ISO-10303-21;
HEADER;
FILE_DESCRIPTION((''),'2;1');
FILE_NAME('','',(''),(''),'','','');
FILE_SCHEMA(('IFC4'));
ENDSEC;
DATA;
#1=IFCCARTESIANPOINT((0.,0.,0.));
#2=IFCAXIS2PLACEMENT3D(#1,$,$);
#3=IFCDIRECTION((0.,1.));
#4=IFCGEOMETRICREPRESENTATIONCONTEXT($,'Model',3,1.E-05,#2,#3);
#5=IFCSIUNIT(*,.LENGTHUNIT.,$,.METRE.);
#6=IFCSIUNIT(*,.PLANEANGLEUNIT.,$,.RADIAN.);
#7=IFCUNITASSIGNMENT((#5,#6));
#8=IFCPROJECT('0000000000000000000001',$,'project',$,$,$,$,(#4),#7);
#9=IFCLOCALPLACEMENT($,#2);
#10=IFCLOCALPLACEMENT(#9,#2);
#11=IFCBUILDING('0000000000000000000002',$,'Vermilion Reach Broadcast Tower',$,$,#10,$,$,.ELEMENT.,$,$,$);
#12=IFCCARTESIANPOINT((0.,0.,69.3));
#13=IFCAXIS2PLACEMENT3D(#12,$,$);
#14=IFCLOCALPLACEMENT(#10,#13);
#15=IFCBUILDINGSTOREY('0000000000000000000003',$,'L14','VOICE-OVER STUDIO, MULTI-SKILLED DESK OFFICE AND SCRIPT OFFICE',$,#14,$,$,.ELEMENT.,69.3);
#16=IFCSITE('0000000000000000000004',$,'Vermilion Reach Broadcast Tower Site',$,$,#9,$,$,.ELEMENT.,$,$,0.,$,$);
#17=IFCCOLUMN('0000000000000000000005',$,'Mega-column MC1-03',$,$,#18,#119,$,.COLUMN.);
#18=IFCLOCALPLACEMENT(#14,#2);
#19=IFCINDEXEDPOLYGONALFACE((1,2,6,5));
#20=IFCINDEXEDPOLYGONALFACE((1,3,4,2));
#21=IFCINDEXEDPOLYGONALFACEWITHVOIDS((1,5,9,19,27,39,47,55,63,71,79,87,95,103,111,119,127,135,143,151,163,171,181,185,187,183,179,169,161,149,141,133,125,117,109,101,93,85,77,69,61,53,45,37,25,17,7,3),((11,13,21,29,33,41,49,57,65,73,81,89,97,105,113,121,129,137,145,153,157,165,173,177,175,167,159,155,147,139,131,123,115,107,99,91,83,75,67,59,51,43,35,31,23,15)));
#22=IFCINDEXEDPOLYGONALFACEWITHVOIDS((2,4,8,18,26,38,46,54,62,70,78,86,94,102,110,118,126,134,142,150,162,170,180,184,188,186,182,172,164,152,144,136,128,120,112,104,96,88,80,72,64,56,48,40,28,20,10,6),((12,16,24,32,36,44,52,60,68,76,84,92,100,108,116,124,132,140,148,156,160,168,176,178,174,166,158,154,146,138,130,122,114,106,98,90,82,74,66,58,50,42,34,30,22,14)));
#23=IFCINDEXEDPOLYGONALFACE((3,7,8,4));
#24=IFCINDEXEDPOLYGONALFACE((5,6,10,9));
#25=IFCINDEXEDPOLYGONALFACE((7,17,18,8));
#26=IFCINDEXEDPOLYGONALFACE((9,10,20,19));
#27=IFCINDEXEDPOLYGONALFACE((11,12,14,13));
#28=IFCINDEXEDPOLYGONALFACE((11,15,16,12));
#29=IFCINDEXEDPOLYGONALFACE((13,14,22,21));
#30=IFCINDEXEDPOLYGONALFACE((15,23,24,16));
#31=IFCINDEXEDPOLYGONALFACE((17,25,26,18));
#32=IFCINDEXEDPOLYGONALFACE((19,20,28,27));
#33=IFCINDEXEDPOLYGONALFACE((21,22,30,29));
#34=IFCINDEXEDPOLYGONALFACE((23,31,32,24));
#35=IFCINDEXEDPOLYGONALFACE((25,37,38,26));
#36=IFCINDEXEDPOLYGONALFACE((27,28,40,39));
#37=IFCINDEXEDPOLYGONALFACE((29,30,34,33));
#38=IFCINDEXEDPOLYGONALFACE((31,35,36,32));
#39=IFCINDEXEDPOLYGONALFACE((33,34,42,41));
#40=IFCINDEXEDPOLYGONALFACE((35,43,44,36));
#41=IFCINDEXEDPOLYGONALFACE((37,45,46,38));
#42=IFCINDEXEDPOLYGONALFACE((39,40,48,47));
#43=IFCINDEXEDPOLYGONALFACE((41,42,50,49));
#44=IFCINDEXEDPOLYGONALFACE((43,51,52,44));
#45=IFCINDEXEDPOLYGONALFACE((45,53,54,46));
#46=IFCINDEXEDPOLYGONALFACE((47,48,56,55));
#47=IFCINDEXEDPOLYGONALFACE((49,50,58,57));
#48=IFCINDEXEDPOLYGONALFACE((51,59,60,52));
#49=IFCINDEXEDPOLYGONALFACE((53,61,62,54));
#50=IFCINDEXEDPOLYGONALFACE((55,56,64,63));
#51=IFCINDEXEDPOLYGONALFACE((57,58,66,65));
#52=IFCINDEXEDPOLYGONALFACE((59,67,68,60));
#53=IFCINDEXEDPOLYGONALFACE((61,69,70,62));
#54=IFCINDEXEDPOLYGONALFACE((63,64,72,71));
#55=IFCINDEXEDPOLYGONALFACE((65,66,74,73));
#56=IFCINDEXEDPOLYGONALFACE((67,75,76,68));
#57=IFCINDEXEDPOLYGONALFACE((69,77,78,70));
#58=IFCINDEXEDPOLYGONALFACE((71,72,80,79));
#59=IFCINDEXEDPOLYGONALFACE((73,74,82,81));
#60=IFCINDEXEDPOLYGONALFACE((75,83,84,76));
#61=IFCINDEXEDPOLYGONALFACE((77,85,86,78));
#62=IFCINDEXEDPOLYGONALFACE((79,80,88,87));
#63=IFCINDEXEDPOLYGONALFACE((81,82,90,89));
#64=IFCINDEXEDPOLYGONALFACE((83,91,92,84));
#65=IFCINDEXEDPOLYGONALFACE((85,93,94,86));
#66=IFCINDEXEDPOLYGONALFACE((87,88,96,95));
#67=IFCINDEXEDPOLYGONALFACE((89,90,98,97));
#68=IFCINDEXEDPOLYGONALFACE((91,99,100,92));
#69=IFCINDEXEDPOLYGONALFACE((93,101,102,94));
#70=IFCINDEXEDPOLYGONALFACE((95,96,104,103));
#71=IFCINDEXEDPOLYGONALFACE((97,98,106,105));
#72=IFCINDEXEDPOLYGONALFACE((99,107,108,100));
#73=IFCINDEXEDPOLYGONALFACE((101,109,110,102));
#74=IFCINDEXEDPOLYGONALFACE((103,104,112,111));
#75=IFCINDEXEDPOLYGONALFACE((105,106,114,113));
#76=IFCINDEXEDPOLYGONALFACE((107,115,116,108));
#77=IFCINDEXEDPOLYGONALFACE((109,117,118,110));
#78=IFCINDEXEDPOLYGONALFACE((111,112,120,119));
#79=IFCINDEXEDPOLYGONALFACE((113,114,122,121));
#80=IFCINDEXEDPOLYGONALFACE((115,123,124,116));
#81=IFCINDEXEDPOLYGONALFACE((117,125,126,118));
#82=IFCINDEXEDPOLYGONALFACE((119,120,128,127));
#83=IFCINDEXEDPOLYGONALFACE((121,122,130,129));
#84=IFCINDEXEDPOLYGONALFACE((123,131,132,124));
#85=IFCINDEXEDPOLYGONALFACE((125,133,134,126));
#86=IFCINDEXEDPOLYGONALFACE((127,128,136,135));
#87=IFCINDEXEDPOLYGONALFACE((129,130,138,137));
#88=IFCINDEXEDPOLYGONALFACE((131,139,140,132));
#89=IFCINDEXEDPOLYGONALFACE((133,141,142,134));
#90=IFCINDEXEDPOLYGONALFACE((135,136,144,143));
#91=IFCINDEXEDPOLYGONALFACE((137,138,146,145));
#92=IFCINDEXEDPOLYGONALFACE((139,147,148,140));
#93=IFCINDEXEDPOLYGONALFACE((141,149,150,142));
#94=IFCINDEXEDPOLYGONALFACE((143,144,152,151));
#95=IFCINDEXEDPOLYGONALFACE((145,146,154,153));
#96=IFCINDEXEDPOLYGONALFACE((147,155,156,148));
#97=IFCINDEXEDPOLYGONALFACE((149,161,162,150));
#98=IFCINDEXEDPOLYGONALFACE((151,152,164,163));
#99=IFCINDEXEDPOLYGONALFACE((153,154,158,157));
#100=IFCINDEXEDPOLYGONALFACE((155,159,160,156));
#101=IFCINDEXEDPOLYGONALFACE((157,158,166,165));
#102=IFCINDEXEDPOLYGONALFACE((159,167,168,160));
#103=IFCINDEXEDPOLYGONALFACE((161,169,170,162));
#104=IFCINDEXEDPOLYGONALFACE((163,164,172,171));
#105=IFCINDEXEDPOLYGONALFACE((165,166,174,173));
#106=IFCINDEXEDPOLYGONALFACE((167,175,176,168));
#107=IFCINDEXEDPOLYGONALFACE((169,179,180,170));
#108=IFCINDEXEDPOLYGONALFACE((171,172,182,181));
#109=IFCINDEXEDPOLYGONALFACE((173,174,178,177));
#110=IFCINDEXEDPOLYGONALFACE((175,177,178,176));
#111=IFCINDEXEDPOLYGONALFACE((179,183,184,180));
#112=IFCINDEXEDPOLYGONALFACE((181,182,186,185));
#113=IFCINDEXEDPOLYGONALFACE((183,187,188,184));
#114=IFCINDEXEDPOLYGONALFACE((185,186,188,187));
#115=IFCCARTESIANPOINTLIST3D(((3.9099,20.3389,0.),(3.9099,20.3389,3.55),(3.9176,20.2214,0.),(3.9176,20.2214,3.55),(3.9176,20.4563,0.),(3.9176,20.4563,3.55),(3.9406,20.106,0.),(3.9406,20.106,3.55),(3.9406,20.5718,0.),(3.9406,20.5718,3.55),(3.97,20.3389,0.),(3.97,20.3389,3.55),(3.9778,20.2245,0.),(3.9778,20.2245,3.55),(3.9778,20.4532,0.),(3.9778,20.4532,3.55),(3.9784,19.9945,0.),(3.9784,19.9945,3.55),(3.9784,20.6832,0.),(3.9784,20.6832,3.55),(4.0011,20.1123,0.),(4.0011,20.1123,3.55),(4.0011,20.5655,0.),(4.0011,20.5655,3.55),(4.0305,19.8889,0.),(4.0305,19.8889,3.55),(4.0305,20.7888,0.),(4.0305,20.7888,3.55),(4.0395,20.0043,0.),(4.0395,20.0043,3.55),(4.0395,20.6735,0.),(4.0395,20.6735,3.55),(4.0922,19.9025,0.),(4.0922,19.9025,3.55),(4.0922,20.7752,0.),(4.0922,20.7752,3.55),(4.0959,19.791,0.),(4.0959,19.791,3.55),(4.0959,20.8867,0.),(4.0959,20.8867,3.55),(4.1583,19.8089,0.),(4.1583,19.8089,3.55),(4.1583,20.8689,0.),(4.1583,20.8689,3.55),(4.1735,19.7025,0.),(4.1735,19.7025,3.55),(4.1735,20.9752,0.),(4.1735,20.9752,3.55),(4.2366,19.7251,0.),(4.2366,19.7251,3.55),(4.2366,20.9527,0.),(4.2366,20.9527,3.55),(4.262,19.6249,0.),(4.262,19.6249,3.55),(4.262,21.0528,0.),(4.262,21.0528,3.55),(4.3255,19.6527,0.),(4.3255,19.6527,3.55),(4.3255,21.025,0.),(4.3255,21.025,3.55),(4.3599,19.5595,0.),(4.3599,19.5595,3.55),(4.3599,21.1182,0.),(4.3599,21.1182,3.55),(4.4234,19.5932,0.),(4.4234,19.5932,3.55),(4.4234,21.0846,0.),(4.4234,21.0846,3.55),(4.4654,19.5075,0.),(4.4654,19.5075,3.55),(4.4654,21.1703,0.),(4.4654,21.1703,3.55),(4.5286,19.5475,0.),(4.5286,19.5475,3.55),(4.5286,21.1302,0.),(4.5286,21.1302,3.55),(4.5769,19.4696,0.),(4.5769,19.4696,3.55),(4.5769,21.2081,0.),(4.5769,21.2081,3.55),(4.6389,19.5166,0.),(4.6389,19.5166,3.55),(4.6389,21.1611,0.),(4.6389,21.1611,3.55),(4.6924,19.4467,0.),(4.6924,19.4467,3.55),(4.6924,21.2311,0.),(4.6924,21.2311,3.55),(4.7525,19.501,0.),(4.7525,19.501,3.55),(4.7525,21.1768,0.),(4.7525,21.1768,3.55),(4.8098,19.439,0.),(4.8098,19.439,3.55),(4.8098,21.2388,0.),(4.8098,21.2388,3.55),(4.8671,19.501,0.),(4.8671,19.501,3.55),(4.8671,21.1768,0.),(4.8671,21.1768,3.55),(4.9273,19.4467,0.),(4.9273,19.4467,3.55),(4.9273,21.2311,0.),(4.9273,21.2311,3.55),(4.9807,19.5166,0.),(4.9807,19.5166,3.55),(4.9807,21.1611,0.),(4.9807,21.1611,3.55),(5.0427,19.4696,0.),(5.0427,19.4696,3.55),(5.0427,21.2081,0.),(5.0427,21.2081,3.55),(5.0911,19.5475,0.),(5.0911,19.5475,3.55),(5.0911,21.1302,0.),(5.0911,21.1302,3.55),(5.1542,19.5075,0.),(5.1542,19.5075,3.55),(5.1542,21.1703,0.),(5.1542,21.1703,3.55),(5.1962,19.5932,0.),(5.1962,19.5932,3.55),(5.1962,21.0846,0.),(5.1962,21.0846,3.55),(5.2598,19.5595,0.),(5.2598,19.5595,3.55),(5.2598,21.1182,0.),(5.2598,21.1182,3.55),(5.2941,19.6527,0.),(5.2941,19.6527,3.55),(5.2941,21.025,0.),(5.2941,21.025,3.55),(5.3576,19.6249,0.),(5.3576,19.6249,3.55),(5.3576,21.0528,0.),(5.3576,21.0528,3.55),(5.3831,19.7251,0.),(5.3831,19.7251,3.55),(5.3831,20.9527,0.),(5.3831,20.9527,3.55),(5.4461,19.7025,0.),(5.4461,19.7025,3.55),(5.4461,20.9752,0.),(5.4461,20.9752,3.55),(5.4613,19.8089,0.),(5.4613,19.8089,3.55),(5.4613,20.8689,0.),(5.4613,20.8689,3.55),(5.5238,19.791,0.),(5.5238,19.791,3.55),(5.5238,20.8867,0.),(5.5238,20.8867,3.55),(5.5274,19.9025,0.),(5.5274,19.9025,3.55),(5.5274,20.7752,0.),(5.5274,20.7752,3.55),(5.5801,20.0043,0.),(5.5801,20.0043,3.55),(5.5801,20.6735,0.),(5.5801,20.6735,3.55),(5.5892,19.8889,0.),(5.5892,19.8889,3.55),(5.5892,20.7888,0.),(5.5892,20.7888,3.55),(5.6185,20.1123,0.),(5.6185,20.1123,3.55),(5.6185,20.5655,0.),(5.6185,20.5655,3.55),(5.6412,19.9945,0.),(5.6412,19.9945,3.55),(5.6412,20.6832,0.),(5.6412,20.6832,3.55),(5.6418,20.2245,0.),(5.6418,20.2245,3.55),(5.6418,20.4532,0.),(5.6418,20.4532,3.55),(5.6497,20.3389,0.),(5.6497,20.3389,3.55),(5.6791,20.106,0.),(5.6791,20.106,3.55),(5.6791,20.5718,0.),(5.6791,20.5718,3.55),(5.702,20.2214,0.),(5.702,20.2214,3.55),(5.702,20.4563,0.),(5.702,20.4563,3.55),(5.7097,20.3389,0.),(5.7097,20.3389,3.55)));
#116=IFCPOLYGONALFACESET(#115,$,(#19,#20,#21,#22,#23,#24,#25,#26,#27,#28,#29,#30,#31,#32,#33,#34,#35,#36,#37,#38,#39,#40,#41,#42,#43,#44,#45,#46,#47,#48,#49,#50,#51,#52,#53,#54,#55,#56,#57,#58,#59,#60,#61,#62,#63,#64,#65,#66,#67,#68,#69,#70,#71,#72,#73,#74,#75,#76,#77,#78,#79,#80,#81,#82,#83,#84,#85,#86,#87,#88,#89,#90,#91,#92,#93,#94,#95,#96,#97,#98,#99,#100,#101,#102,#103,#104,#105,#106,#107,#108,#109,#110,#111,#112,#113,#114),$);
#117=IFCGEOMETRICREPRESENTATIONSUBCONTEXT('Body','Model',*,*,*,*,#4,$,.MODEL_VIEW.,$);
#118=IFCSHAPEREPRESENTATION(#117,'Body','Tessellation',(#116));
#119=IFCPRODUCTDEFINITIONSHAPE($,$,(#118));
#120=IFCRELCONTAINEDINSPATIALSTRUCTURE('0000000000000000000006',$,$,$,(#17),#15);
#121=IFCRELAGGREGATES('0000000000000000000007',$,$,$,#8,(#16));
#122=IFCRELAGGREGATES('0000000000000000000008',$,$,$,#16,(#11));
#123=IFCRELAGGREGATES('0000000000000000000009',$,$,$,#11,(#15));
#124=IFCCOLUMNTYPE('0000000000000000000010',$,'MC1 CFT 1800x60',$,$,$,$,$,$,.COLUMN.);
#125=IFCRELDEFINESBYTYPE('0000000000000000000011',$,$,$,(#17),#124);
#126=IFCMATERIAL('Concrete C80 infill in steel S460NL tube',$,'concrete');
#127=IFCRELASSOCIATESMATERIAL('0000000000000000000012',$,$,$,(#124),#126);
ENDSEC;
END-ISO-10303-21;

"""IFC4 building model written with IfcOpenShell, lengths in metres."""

from ifc_helpers import new_model, si_unit, direction, frame, origin, origin_2d, place, context, subcontext, project, spatial, hollow_circle, extrude, material, material_profile, profile_set, type_object, element, save


model = new_model("IFC4")

# Units and contexts
model_context = context("Model", 3, precision=1e-05, world=origin(), true_north=direction((0.0, 1.0)))
body_context = subcontext(model_context, "Body", "Model", "MODEL_VIEW")
ifc_project = project(units=[si_unit("LENGTHUNIT", "METRE"), si_unit("PLANEANGLEUNIT", "RADIAN")], contexts=[model_context])

# Site, building, storey
site_placement = place(None, origin())
site = spatial("IfcSite", under=ifc_project, at=site_placement, Name="Vermilion Reach Broadcast Tower Site", CompositionType="ELEMENT", RefElevation=0.0)
building_placement = place(site_placement, origin())
building = spatial("IfcBuilding", under=site, at=building_placement, Name="Vermilion Reach Broadcast Tower", CompositionType="ELEMENT")
storey_placement = place(building_placement, frame((0.0, 0.0, 69.3)))
storey = spatial("IfcBuildingStorey", under=building, at=storey_placement, Name="L14", Description="VOICE-OVER STUDIO, MULTI-SKILLED DESK OFFICE AND SCRIPT OFFICE", CompositionType="ELEMENT", Elevation=69.3)

# Column
ifc_material_1 = material(Name="Concrete C80 infill in steel S460NL tube", Category="concrete")
ifc_material_profile_1 = material_profile(ifc_material_1, hollow_circle(Radius=0.8999, WallThickness=0.0601, at=origin_2d()), Name="Concrete C80 infill in steel S460NL tube CFT 1800x60")
ifc_profile_set_1 = profile_set([ifc_material_profile_1], Name="Concrete C80 infill in steel S460NL tube")
column_type = type_object("IfcColumnType", Name="MC1 CFT 1800x60", PredefinedType="COLUMN", material=ifc_profile_set_1)
for number, where, z_axis, x_axis, name in (
    (1, (4.8098, 20.3389, 0.0), (0.0, 0.0, 1.0), (1.0, 0.0, 0.0), "Mega-column MC1-03"),
):
    element("IfcColumn", number, at=place(storey_placement, frame(where, z_axis=z_axis, x_axis=x_axis)), inside=storey, type_object=column_type, Name=name, PredefinedType="COLUMN", context=body_context, shape_type="SweptSolid", body=[
        extrude(hollow_circle(Radius=0.8999, WallThickness=0.0601, at=origin_2d()), origin(), (0.0, 0.0, 1.0), 3.55),
    ])

save(model, "model.ifc")
